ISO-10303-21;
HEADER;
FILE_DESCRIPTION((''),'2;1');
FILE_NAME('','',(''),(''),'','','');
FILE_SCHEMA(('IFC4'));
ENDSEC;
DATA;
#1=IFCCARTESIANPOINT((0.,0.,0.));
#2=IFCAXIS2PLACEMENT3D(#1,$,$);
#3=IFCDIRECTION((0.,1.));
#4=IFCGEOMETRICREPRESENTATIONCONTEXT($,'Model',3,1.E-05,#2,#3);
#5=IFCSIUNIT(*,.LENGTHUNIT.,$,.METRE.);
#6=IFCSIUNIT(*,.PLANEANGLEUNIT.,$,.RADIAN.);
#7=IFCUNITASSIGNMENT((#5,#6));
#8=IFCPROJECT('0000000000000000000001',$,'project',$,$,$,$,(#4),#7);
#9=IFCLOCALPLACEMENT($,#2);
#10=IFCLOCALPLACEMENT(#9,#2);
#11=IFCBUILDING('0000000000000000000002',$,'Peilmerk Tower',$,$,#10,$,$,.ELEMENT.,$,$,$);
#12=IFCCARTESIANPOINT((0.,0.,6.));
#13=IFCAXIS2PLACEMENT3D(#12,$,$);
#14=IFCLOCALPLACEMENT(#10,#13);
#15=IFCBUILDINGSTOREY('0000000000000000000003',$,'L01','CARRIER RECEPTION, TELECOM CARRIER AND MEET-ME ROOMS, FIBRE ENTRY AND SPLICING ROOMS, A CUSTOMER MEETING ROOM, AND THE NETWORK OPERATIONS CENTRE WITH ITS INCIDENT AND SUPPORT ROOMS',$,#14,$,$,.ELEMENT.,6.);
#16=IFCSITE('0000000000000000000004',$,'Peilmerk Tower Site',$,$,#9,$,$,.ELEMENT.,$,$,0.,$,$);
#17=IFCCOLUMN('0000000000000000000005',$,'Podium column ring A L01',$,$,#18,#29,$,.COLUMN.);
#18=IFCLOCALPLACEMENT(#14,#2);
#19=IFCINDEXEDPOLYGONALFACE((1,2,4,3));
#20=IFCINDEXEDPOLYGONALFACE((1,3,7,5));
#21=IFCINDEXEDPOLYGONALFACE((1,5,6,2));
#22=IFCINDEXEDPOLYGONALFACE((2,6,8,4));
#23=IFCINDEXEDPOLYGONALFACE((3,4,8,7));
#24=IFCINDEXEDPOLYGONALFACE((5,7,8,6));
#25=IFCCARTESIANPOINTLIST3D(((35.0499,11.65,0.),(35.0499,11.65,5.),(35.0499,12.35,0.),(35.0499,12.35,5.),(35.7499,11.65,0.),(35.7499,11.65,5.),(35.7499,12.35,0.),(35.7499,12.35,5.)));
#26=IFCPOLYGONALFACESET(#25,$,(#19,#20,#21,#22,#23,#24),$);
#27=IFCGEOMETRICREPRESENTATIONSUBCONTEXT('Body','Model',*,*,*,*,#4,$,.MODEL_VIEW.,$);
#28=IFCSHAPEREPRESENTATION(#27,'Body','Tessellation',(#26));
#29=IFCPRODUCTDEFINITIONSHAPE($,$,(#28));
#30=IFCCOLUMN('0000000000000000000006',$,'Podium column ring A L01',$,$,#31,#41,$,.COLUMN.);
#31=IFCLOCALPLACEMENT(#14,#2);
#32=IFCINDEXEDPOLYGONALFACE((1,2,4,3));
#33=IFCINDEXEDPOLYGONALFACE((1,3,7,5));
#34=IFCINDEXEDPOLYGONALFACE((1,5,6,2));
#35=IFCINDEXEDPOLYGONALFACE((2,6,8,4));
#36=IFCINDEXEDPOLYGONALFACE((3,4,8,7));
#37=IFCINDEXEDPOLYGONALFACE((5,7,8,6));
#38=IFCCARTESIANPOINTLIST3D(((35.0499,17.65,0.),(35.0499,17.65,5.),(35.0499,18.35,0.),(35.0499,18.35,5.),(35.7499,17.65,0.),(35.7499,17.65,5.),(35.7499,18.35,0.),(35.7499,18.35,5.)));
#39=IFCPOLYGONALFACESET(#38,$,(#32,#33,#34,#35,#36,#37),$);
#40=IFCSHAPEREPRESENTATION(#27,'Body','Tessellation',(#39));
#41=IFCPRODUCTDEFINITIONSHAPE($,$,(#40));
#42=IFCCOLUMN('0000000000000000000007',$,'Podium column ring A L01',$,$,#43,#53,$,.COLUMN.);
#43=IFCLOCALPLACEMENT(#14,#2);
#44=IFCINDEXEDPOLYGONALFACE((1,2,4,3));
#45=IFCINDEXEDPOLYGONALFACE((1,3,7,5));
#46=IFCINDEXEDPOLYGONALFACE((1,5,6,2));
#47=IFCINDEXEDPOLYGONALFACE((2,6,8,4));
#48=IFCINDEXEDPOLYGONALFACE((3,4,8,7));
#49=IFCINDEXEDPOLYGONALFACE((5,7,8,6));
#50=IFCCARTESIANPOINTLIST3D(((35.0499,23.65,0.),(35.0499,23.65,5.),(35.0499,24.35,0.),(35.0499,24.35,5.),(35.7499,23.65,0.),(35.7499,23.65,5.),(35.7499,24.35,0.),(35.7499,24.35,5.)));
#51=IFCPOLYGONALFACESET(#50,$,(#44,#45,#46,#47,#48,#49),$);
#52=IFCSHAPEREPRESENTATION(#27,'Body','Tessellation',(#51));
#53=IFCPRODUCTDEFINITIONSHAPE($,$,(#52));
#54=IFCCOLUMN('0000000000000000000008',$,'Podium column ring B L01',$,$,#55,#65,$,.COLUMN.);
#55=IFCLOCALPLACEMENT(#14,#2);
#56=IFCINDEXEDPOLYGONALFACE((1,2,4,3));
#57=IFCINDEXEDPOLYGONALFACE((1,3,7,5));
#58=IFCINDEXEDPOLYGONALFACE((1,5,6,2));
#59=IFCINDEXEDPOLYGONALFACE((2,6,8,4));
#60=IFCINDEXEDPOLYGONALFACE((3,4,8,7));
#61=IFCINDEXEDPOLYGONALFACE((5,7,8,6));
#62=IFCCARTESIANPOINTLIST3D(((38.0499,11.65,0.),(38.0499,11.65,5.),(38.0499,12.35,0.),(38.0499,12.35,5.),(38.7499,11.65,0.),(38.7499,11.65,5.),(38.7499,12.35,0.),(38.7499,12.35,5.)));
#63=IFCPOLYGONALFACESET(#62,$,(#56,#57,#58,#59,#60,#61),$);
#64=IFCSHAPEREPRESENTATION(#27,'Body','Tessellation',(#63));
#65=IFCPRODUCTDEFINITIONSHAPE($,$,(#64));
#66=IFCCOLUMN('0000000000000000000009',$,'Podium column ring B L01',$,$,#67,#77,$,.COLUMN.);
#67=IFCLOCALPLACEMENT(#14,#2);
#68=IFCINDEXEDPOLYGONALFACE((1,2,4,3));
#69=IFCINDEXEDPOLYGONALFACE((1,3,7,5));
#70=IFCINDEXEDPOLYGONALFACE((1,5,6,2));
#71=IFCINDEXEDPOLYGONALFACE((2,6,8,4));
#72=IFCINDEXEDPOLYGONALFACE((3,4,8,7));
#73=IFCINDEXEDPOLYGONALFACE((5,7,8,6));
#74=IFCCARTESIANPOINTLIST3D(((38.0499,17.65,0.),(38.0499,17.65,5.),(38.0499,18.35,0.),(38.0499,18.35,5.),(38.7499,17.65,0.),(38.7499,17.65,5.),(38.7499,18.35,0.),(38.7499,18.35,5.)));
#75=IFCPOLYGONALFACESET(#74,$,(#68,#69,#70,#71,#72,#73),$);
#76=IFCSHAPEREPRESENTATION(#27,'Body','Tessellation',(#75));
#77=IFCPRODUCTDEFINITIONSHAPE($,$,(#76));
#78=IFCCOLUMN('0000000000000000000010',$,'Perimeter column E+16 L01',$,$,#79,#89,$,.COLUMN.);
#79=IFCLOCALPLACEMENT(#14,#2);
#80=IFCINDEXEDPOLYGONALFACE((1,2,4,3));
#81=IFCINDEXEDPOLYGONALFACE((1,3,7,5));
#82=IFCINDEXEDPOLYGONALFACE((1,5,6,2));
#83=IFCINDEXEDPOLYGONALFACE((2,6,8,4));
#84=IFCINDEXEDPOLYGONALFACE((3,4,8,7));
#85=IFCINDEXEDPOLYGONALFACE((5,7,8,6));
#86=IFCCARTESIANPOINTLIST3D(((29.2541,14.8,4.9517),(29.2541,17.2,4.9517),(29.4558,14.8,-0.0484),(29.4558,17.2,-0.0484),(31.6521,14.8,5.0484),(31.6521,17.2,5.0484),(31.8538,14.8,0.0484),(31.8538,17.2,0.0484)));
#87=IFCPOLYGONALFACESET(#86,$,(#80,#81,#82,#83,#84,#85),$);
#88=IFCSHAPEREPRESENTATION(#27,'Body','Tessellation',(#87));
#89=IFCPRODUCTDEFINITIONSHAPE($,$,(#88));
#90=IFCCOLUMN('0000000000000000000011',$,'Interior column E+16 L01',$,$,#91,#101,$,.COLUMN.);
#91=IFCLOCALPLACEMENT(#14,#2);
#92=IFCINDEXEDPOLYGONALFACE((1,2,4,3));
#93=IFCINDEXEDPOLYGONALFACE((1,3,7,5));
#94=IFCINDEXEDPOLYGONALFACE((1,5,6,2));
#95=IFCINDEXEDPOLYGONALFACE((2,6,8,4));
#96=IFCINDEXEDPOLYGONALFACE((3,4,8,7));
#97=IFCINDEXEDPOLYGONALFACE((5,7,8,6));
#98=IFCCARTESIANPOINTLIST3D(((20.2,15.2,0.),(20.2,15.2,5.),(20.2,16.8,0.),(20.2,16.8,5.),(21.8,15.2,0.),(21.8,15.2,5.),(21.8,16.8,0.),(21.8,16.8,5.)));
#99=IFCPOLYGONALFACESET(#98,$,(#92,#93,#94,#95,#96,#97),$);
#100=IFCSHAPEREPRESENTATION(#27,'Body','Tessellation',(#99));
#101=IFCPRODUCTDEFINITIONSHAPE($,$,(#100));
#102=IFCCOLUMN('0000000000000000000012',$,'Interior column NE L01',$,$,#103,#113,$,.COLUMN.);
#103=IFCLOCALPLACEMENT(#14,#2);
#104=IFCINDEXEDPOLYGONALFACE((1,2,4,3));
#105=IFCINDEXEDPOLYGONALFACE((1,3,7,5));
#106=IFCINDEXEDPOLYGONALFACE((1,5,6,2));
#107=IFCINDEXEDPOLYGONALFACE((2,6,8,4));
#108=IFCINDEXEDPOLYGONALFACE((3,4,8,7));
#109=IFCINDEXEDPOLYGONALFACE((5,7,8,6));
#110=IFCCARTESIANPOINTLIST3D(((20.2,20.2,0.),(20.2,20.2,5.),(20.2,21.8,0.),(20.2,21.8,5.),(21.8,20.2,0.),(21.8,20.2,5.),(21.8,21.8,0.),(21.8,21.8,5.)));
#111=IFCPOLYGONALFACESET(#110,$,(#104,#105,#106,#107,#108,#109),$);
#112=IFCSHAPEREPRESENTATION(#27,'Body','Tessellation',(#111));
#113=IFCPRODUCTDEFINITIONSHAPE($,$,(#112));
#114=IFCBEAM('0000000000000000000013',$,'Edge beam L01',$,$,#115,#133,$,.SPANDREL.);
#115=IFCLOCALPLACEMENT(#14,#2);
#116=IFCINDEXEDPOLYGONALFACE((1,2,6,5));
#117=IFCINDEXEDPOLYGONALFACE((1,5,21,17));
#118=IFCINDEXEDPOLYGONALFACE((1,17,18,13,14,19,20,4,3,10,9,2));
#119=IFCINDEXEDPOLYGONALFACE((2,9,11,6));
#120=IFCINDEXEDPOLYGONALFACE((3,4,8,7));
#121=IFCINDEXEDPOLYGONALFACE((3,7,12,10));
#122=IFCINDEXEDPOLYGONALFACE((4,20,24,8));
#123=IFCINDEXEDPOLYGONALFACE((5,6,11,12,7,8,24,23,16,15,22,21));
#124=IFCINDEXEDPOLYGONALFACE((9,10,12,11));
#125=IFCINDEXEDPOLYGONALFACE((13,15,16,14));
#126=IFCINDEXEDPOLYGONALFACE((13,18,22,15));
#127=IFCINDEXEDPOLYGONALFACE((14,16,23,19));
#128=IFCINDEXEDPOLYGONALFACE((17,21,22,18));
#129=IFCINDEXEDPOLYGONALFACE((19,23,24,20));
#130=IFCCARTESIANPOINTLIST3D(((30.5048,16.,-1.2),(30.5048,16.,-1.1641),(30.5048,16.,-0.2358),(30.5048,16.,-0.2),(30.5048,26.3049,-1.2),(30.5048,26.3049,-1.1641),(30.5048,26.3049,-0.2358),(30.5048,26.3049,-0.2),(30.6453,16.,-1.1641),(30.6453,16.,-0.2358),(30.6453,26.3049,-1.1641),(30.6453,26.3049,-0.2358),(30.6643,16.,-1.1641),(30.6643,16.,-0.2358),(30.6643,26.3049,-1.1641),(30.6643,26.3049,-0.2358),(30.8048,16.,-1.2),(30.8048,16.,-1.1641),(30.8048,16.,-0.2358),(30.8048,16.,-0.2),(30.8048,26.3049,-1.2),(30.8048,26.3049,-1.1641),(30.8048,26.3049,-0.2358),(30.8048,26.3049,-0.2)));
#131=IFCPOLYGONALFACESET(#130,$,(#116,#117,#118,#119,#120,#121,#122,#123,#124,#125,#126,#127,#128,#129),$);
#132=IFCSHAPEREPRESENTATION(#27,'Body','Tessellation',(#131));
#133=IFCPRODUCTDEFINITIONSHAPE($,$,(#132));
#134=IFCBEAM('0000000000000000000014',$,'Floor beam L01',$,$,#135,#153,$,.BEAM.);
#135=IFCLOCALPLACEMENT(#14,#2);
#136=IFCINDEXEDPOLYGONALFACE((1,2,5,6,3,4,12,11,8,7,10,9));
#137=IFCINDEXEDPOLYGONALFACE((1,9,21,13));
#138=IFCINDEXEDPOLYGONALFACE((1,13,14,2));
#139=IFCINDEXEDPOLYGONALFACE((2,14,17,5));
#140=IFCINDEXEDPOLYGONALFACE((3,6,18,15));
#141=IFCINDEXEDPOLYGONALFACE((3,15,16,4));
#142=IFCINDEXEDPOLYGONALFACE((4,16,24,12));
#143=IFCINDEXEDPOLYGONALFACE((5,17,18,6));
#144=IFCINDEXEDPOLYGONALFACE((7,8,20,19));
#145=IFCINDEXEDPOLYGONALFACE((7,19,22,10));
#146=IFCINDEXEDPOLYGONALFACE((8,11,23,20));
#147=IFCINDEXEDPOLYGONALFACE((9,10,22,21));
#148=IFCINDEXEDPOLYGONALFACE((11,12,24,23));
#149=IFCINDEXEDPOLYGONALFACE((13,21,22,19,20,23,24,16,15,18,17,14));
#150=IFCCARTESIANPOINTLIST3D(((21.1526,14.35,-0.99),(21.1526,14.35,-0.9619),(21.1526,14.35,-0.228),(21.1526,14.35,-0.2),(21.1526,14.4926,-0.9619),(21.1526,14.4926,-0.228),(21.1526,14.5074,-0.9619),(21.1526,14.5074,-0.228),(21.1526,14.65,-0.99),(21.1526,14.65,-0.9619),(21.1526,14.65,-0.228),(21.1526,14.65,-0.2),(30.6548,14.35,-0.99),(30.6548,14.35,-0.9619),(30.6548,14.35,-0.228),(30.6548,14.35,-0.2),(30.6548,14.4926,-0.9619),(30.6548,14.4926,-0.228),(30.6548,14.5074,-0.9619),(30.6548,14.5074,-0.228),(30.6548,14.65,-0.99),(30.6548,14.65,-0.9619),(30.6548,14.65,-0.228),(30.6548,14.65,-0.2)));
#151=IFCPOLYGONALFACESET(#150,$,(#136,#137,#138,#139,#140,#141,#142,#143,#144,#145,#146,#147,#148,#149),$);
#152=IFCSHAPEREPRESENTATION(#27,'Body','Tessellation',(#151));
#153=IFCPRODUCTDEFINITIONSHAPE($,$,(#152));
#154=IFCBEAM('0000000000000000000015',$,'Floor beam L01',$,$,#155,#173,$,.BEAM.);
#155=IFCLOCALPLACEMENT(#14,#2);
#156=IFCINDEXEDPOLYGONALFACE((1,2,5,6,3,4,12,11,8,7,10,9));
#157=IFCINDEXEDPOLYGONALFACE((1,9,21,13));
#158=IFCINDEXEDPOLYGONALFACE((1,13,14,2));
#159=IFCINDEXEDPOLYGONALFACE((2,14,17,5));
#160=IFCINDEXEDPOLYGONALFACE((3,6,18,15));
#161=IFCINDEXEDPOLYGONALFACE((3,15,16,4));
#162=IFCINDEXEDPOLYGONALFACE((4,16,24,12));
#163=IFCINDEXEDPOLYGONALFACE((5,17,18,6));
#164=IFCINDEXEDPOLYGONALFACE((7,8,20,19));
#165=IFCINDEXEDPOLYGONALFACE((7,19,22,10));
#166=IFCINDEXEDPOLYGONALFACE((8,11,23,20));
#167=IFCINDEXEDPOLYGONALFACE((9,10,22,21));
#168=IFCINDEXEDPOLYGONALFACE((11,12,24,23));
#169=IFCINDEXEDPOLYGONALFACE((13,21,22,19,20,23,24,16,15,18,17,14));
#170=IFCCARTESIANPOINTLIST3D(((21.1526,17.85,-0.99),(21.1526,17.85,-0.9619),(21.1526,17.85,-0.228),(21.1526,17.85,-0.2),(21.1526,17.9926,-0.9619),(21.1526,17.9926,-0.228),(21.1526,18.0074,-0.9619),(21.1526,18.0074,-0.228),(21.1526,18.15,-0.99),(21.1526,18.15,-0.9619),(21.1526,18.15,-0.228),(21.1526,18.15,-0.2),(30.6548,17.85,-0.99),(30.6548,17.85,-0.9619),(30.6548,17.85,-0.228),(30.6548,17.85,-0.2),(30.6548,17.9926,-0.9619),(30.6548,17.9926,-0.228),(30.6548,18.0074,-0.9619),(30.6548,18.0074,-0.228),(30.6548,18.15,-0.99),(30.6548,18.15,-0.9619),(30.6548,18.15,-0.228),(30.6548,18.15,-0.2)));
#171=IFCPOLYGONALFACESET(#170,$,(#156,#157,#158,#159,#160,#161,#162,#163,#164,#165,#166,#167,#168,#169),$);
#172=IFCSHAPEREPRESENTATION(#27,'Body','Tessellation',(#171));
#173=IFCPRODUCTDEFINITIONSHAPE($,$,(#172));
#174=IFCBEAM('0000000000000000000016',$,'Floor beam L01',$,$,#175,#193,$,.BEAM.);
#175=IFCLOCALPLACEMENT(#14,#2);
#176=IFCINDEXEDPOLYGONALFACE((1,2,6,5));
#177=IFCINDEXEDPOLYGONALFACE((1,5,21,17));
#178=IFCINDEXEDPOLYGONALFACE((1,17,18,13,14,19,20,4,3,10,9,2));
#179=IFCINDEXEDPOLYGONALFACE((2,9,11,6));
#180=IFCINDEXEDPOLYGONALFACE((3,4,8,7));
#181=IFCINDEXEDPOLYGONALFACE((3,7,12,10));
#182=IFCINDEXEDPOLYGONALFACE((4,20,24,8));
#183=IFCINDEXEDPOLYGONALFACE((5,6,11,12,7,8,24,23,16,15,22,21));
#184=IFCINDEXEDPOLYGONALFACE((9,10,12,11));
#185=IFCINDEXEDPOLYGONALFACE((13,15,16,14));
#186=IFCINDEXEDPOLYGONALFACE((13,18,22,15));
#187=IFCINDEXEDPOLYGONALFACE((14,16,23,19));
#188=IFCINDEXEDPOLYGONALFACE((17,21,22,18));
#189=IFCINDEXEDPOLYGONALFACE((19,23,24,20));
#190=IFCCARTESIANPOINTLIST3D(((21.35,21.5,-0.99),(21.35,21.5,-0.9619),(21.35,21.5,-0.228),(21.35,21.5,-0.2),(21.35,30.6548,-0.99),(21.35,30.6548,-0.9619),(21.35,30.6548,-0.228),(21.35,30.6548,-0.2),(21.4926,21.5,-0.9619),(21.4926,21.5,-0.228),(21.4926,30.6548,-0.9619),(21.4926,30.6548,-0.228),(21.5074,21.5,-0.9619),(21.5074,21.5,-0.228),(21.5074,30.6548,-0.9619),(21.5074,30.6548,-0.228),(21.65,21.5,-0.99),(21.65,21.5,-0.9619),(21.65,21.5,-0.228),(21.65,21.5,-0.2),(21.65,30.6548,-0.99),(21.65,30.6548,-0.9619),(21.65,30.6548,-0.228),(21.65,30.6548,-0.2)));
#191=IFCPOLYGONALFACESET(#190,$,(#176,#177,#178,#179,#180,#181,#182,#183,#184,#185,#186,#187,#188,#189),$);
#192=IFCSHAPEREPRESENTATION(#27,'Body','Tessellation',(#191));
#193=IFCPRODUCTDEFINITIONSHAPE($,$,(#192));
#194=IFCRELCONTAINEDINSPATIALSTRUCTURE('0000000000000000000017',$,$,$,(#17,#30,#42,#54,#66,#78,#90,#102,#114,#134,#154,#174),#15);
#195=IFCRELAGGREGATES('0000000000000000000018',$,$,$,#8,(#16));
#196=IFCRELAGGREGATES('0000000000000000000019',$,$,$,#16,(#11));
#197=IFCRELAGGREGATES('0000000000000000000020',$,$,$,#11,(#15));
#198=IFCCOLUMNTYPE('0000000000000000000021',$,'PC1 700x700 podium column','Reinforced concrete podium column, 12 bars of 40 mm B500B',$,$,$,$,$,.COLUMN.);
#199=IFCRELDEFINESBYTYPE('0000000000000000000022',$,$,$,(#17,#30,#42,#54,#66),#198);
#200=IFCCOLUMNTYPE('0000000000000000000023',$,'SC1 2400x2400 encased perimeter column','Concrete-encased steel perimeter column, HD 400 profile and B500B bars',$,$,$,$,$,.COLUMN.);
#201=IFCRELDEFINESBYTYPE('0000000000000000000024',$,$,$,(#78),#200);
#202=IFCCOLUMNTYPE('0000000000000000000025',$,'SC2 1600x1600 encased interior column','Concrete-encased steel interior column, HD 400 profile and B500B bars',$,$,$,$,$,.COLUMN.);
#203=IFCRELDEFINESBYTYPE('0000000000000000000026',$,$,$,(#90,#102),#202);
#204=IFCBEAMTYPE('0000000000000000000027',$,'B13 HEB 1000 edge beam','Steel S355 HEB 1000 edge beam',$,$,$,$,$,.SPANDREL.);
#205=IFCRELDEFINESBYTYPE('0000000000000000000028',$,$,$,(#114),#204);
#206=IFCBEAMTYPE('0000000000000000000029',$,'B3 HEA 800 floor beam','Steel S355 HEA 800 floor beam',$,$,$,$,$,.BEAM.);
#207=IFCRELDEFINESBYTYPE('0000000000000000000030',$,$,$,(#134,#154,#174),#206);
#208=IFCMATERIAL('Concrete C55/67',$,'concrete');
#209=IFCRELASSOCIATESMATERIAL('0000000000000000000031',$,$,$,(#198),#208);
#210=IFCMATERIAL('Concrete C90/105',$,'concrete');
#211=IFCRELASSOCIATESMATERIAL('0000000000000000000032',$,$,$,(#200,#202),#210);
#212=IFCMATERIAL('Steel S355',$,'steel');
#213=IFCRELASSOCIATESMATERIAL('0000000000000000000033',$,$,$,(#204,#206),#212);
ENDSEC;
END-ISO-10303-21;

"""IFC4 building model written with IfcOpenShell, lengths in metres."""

from ifc_helpers import new_model, si_unit, direction, frame, origin, origin_2d, place, context, subcontext, project, spatial, rectangle, i_section, extrude, material, material_profile, profile_set, type_object, element, save


model = new_model("IFC4")

# Units and contexts
model_context = context("Model", 3, precision=1e-05, world=origin(), true_north=direction((0.0, 1.0)))
body_context = subcontext(model_context, "Body", "Model", "MODEL_VIEW")
ifc_project = project(units=[si_unit("LENGTHUNIT", "METRE"), si_unit("PLANEANGLEUNIT", "RADIAN")], contexts=[model_context])

# Site, building, storey
site_placement = place(None, origin())
site = spatial("IfcSite", under=ifc_project, at=site_placement, Name="Peilmerk Tower Site", CompositionType="ELEMENT", RefElevation=0.0)
building_placement = place(site_placement, origin())
building = spatial("IfcBuilding", under=site, at=building_placement, Name="Peilmerk Tower", CompositionType="ELEMENT")
storey_placement = place(building_placement, frame((0.0, 0.0, 6.0)))
storey = spatial("IfcBuildingStorey", under=building, at=storey_placement, Name="L01", Description="CARRIER RECEPTION, TELECOM CARRIER AND MEET-ME ROOMS, FIBRE ENTRY AND SPLICING ROOMS, A CUSTOMER MEETING ROOM, AND THE NETWORK OPERATIONS CENTRE WITH ITS INCIDENT AND SUPPORT ROOMS", CompositionType="ELEMENT", Elevation=6.0)

# Columns
ifc_material_1 = material(Name="Concrete C55/67", Category="concrete")
ifc_material_profile_1 = material_profile(ifc_material_1, rectangle(XDim=0.7, YDim=0.7, at=origin_2d()), Name="RC 700x700")
ifc_profile_set_1 = profile_set([ifc_material_profile_1], Name="Concrete C55/67")
column_type_1 = type_object("IfcColumnType", Name="PC1 700x700 podium column", Description="Reinforced concrete podium column, 12 bars of 40 mm B500B", PredefinedType="COLUMN", material=ifc_profile_set_1)
for number, where, z_axis, x_axis, name in (
    (1, (35.3999, 12.0, 0.0), (0.0, 0.0, 1.0), (1.0, 0.0, 0.0), "Podium column ring A L01"),
    (2, (35.3999, 18.0, 0.0), (0.0, 0.0, 1.0), (1.0, 0.0, 0.0), "Podium column ring A L01"),
    (3, (35.3999, 24.0, 0.0), (0.0, 0.0, 1.0), (1.0, 0.0, 0.0), "Podium column ring A L01"),
    (4, (38.3999, 12.0, 0.0), (0.0, 0.0, 1.0), (1.0, 0.0, 0.0), "Podium column ring B L01"),
    (5, (38.3999, 18.0, 0.0), (0.0, 0.0, 1.0), (1.0, 0.0, 0.0), "Podium column ring B L01"),
):
    element("IfcColumn", number, at=place(storey_placement, frame(where, z_axis=z_axis, x_axis=x_axis)), inside=storey, type_object=column_type_1, Name=name, PredefinedType="COLUMN", context=body_context, shape_type="SweptSolid", body=[
        extrude(rectangle(XDim=0.7, YDim=0.7, at=origin_2d()), origin(), (0.0, 0.0, 1.0), 5.0),
    ])
ifc_material_2 = material(Name="Concrete C90/105", Category="concrete")
ifc_material_profile_2 = material_profile(ifc_material_2, rectangle(XDim=2.3999, YDim=2.3999, at=origin_2d()), Name="RC 2400x2400")
ifc_profile_set_2 = profile_set([ifc_material_profile_2], Name="Concrete C90/105")
column_type_2 = type_object("IfcColumnType", Name="SC1 2400x2400 encased perimeter column", Description="Concrete-encased steel perimeter column, HD 400 profile and B500B bars", PredefinedType="COLUMN", material=ifc_profile_set_2)
column_placement = place(storey_placement, frame((30.6548, 16.0, 0.0), z_axis=(-0.040299, 0.0, 0.999188), x_axis=(0.0, -1.0, 0.0)))
element("IfcColumn", 6, at=column_placement, inside=storey, type_object=column_type_2, Name="Perimeter column E+16 L01", PredefinedType="COLUMN", context=body_context, shape_type="SweptSolid", body=[
    extrude(rectangle(XDim=2.3999, YDim=2.3999, at=origin_2d()), origin(), (0.0, 0.0, 1.0), 5.0042),
])
ifc_material_profile_3 = material_profile(ifc_material_2, rectangle(XDim=1.6001, YDim=1.6001, at=origin_2d()), Name="RC 1600x1600")
ifc_profile_set_3 = profile_set([ifc_material_profile_3], Name="Concrete C90/105")
column_type_3 = type_object("IfcColumnType", Name="SC2 1600x1600 encased interior column", Description="Concrete-encased steel interior column, HD 400 profile and B500B bars", PredefinedType="COLUMN", material=ifc_profile_set_3)
for number, where, z_axis, x_axis, name in (
    (7, (21.0, 16.0, 0.0), (0.0, 0.0, 1.0), (1.0, 0.0, 0.0), "Interior column E+16 L01"),
    (8, (21.0, 21.0, 0.0), (0.0, 0.0, 1.0), (1.0, 0.0, 0.0), "Interior column NE L01"),
):
    element("IfcColumn", number, at=place(storey_placement, frame(where, z_axis=z_axis, x_axis=x_axis)), inside=storey, type_object=column_type_3, Name=name, PredefinedType="COLUMN", context=body_context, shape_type="SweptSolid", body=[
        extrude(rectangle(XDim=1.6001, YDim=1.6001, at=origin_2d()), origin(), (0.0, 0.0, 1.0), 5.0),
    ])

# Beams
ifc_material_3 = material(Name="Steel S355", Category="steel")
ifc_material_profile_4 = material_profile(ifc_material_3, i_section(OverallWidth=0.3, OverallDepth=1.0, WebThickness=0.019, FlangeThickness=0.0359, at=origin_2d()), Name="HEB 1000")
ifc_profile_set_4 = profile_set([ifc_material_profile_4], Name="Steel S355")
beam_type_1 = type_object("IfcBeamType", Name="B13 HEB 1000 edge beam", Description="Steel S355 HEB 1000 edge beam", PredefinedType="SPANDREL", material=ifc_profile_set_4)
beam_1_placement = place(storey_placement, frame((30.6548, 16.0, -0.7), z_axis=(0.0, 1.0, 0.0), x_axis=(-1.0, 0.0, 0.0)))
element("IfcBeam", 9, at=beam_1_placement, inside=storey, type_object=beam_type_1, Name="Edge beam L01", PredefinedType="SPANDREL", context=body_context, shape_type="SweptSolid", body=[
    extrude(i_section(OverallWidth=0.3, OverallDepth=1.0, WebThickness=0.019, FlangeThickness=0.0359, at=origin_2d()), origin(), (0.0, 0.0, 1.0), 10.3049),
])
ifc_material_profile_5 = material_profile(ifc_material_3, i_section(OverallWidth=0.3, OverallDepth=0.79, WebThickness=0.0149, FlangeThickness=0.0281, at=origin_2d()), Name="HEA 800")
ifc_profile_set_5 = profile_set([ifc_material_profile_5], Name="Steel S355")
beam_type_2 = type_object("IfcBeamType", Name="B3 HEA 800 floor beam", Description="Steel S355 HEA 800 floor beam", PredefinedType="BEAM", material=ifc_profile_set_5)
for number, where, z_axis, x_axis, name in (
    (10, (21.1526, 14.5, -0.595), (1.0, 0.0, 0.0), (0.0, 1.0, 0.0), "Floor beam L01"),
    (11, (21.1526, 18.0, -0.595), (1.0, 0.0, 0.0), (0.0, 1.0, 0.0), "Floor beam L01"),
):
    element("IfcBeam", number, at=place(storey_placement, frame(where, z_axis=z_axis, x_axis=x_axis)), inside=storey, type_object=beam_type_2, Name=name, PredefinedType="BEAM", context=body_context, shape_type="SweptSolid", body=[
        extrude(i_section(OverallWidth=0.3, OverallDepth=0.79, WebThickness=0.0149, FlangeThickness=0.0281, at=origin_2d()), origin(), (0.0, 0.0, 1.0), 9.5022),
    ])
for number, where, z_axis, x_axis, name in (
    (12, (21.5, 21.5, -0.595), (0.0, 1.0, 0.0), (-1.0, 0.0, 0.0), "Floor beam L01"),
):
    element("IfcBeam", number, at=place(storey_placement, frame(where, z_axis=z_axis, x_axis=x_axis)), inside=storey, type_object=beam_type_2, Name=name, PredefinedType="BEAM", context=body_context, shape_type="SweptSolid", body=[
        extrude(i_section(OverallWidth=0.3, OverallDepth=0.79, WebThickness=0.0149, FlangeThickness=0.0281, at=origin_2d()), origin(), (0.0, 0.0, 1.0), 9.1548),
    ])

save(model, "model.ifc")
